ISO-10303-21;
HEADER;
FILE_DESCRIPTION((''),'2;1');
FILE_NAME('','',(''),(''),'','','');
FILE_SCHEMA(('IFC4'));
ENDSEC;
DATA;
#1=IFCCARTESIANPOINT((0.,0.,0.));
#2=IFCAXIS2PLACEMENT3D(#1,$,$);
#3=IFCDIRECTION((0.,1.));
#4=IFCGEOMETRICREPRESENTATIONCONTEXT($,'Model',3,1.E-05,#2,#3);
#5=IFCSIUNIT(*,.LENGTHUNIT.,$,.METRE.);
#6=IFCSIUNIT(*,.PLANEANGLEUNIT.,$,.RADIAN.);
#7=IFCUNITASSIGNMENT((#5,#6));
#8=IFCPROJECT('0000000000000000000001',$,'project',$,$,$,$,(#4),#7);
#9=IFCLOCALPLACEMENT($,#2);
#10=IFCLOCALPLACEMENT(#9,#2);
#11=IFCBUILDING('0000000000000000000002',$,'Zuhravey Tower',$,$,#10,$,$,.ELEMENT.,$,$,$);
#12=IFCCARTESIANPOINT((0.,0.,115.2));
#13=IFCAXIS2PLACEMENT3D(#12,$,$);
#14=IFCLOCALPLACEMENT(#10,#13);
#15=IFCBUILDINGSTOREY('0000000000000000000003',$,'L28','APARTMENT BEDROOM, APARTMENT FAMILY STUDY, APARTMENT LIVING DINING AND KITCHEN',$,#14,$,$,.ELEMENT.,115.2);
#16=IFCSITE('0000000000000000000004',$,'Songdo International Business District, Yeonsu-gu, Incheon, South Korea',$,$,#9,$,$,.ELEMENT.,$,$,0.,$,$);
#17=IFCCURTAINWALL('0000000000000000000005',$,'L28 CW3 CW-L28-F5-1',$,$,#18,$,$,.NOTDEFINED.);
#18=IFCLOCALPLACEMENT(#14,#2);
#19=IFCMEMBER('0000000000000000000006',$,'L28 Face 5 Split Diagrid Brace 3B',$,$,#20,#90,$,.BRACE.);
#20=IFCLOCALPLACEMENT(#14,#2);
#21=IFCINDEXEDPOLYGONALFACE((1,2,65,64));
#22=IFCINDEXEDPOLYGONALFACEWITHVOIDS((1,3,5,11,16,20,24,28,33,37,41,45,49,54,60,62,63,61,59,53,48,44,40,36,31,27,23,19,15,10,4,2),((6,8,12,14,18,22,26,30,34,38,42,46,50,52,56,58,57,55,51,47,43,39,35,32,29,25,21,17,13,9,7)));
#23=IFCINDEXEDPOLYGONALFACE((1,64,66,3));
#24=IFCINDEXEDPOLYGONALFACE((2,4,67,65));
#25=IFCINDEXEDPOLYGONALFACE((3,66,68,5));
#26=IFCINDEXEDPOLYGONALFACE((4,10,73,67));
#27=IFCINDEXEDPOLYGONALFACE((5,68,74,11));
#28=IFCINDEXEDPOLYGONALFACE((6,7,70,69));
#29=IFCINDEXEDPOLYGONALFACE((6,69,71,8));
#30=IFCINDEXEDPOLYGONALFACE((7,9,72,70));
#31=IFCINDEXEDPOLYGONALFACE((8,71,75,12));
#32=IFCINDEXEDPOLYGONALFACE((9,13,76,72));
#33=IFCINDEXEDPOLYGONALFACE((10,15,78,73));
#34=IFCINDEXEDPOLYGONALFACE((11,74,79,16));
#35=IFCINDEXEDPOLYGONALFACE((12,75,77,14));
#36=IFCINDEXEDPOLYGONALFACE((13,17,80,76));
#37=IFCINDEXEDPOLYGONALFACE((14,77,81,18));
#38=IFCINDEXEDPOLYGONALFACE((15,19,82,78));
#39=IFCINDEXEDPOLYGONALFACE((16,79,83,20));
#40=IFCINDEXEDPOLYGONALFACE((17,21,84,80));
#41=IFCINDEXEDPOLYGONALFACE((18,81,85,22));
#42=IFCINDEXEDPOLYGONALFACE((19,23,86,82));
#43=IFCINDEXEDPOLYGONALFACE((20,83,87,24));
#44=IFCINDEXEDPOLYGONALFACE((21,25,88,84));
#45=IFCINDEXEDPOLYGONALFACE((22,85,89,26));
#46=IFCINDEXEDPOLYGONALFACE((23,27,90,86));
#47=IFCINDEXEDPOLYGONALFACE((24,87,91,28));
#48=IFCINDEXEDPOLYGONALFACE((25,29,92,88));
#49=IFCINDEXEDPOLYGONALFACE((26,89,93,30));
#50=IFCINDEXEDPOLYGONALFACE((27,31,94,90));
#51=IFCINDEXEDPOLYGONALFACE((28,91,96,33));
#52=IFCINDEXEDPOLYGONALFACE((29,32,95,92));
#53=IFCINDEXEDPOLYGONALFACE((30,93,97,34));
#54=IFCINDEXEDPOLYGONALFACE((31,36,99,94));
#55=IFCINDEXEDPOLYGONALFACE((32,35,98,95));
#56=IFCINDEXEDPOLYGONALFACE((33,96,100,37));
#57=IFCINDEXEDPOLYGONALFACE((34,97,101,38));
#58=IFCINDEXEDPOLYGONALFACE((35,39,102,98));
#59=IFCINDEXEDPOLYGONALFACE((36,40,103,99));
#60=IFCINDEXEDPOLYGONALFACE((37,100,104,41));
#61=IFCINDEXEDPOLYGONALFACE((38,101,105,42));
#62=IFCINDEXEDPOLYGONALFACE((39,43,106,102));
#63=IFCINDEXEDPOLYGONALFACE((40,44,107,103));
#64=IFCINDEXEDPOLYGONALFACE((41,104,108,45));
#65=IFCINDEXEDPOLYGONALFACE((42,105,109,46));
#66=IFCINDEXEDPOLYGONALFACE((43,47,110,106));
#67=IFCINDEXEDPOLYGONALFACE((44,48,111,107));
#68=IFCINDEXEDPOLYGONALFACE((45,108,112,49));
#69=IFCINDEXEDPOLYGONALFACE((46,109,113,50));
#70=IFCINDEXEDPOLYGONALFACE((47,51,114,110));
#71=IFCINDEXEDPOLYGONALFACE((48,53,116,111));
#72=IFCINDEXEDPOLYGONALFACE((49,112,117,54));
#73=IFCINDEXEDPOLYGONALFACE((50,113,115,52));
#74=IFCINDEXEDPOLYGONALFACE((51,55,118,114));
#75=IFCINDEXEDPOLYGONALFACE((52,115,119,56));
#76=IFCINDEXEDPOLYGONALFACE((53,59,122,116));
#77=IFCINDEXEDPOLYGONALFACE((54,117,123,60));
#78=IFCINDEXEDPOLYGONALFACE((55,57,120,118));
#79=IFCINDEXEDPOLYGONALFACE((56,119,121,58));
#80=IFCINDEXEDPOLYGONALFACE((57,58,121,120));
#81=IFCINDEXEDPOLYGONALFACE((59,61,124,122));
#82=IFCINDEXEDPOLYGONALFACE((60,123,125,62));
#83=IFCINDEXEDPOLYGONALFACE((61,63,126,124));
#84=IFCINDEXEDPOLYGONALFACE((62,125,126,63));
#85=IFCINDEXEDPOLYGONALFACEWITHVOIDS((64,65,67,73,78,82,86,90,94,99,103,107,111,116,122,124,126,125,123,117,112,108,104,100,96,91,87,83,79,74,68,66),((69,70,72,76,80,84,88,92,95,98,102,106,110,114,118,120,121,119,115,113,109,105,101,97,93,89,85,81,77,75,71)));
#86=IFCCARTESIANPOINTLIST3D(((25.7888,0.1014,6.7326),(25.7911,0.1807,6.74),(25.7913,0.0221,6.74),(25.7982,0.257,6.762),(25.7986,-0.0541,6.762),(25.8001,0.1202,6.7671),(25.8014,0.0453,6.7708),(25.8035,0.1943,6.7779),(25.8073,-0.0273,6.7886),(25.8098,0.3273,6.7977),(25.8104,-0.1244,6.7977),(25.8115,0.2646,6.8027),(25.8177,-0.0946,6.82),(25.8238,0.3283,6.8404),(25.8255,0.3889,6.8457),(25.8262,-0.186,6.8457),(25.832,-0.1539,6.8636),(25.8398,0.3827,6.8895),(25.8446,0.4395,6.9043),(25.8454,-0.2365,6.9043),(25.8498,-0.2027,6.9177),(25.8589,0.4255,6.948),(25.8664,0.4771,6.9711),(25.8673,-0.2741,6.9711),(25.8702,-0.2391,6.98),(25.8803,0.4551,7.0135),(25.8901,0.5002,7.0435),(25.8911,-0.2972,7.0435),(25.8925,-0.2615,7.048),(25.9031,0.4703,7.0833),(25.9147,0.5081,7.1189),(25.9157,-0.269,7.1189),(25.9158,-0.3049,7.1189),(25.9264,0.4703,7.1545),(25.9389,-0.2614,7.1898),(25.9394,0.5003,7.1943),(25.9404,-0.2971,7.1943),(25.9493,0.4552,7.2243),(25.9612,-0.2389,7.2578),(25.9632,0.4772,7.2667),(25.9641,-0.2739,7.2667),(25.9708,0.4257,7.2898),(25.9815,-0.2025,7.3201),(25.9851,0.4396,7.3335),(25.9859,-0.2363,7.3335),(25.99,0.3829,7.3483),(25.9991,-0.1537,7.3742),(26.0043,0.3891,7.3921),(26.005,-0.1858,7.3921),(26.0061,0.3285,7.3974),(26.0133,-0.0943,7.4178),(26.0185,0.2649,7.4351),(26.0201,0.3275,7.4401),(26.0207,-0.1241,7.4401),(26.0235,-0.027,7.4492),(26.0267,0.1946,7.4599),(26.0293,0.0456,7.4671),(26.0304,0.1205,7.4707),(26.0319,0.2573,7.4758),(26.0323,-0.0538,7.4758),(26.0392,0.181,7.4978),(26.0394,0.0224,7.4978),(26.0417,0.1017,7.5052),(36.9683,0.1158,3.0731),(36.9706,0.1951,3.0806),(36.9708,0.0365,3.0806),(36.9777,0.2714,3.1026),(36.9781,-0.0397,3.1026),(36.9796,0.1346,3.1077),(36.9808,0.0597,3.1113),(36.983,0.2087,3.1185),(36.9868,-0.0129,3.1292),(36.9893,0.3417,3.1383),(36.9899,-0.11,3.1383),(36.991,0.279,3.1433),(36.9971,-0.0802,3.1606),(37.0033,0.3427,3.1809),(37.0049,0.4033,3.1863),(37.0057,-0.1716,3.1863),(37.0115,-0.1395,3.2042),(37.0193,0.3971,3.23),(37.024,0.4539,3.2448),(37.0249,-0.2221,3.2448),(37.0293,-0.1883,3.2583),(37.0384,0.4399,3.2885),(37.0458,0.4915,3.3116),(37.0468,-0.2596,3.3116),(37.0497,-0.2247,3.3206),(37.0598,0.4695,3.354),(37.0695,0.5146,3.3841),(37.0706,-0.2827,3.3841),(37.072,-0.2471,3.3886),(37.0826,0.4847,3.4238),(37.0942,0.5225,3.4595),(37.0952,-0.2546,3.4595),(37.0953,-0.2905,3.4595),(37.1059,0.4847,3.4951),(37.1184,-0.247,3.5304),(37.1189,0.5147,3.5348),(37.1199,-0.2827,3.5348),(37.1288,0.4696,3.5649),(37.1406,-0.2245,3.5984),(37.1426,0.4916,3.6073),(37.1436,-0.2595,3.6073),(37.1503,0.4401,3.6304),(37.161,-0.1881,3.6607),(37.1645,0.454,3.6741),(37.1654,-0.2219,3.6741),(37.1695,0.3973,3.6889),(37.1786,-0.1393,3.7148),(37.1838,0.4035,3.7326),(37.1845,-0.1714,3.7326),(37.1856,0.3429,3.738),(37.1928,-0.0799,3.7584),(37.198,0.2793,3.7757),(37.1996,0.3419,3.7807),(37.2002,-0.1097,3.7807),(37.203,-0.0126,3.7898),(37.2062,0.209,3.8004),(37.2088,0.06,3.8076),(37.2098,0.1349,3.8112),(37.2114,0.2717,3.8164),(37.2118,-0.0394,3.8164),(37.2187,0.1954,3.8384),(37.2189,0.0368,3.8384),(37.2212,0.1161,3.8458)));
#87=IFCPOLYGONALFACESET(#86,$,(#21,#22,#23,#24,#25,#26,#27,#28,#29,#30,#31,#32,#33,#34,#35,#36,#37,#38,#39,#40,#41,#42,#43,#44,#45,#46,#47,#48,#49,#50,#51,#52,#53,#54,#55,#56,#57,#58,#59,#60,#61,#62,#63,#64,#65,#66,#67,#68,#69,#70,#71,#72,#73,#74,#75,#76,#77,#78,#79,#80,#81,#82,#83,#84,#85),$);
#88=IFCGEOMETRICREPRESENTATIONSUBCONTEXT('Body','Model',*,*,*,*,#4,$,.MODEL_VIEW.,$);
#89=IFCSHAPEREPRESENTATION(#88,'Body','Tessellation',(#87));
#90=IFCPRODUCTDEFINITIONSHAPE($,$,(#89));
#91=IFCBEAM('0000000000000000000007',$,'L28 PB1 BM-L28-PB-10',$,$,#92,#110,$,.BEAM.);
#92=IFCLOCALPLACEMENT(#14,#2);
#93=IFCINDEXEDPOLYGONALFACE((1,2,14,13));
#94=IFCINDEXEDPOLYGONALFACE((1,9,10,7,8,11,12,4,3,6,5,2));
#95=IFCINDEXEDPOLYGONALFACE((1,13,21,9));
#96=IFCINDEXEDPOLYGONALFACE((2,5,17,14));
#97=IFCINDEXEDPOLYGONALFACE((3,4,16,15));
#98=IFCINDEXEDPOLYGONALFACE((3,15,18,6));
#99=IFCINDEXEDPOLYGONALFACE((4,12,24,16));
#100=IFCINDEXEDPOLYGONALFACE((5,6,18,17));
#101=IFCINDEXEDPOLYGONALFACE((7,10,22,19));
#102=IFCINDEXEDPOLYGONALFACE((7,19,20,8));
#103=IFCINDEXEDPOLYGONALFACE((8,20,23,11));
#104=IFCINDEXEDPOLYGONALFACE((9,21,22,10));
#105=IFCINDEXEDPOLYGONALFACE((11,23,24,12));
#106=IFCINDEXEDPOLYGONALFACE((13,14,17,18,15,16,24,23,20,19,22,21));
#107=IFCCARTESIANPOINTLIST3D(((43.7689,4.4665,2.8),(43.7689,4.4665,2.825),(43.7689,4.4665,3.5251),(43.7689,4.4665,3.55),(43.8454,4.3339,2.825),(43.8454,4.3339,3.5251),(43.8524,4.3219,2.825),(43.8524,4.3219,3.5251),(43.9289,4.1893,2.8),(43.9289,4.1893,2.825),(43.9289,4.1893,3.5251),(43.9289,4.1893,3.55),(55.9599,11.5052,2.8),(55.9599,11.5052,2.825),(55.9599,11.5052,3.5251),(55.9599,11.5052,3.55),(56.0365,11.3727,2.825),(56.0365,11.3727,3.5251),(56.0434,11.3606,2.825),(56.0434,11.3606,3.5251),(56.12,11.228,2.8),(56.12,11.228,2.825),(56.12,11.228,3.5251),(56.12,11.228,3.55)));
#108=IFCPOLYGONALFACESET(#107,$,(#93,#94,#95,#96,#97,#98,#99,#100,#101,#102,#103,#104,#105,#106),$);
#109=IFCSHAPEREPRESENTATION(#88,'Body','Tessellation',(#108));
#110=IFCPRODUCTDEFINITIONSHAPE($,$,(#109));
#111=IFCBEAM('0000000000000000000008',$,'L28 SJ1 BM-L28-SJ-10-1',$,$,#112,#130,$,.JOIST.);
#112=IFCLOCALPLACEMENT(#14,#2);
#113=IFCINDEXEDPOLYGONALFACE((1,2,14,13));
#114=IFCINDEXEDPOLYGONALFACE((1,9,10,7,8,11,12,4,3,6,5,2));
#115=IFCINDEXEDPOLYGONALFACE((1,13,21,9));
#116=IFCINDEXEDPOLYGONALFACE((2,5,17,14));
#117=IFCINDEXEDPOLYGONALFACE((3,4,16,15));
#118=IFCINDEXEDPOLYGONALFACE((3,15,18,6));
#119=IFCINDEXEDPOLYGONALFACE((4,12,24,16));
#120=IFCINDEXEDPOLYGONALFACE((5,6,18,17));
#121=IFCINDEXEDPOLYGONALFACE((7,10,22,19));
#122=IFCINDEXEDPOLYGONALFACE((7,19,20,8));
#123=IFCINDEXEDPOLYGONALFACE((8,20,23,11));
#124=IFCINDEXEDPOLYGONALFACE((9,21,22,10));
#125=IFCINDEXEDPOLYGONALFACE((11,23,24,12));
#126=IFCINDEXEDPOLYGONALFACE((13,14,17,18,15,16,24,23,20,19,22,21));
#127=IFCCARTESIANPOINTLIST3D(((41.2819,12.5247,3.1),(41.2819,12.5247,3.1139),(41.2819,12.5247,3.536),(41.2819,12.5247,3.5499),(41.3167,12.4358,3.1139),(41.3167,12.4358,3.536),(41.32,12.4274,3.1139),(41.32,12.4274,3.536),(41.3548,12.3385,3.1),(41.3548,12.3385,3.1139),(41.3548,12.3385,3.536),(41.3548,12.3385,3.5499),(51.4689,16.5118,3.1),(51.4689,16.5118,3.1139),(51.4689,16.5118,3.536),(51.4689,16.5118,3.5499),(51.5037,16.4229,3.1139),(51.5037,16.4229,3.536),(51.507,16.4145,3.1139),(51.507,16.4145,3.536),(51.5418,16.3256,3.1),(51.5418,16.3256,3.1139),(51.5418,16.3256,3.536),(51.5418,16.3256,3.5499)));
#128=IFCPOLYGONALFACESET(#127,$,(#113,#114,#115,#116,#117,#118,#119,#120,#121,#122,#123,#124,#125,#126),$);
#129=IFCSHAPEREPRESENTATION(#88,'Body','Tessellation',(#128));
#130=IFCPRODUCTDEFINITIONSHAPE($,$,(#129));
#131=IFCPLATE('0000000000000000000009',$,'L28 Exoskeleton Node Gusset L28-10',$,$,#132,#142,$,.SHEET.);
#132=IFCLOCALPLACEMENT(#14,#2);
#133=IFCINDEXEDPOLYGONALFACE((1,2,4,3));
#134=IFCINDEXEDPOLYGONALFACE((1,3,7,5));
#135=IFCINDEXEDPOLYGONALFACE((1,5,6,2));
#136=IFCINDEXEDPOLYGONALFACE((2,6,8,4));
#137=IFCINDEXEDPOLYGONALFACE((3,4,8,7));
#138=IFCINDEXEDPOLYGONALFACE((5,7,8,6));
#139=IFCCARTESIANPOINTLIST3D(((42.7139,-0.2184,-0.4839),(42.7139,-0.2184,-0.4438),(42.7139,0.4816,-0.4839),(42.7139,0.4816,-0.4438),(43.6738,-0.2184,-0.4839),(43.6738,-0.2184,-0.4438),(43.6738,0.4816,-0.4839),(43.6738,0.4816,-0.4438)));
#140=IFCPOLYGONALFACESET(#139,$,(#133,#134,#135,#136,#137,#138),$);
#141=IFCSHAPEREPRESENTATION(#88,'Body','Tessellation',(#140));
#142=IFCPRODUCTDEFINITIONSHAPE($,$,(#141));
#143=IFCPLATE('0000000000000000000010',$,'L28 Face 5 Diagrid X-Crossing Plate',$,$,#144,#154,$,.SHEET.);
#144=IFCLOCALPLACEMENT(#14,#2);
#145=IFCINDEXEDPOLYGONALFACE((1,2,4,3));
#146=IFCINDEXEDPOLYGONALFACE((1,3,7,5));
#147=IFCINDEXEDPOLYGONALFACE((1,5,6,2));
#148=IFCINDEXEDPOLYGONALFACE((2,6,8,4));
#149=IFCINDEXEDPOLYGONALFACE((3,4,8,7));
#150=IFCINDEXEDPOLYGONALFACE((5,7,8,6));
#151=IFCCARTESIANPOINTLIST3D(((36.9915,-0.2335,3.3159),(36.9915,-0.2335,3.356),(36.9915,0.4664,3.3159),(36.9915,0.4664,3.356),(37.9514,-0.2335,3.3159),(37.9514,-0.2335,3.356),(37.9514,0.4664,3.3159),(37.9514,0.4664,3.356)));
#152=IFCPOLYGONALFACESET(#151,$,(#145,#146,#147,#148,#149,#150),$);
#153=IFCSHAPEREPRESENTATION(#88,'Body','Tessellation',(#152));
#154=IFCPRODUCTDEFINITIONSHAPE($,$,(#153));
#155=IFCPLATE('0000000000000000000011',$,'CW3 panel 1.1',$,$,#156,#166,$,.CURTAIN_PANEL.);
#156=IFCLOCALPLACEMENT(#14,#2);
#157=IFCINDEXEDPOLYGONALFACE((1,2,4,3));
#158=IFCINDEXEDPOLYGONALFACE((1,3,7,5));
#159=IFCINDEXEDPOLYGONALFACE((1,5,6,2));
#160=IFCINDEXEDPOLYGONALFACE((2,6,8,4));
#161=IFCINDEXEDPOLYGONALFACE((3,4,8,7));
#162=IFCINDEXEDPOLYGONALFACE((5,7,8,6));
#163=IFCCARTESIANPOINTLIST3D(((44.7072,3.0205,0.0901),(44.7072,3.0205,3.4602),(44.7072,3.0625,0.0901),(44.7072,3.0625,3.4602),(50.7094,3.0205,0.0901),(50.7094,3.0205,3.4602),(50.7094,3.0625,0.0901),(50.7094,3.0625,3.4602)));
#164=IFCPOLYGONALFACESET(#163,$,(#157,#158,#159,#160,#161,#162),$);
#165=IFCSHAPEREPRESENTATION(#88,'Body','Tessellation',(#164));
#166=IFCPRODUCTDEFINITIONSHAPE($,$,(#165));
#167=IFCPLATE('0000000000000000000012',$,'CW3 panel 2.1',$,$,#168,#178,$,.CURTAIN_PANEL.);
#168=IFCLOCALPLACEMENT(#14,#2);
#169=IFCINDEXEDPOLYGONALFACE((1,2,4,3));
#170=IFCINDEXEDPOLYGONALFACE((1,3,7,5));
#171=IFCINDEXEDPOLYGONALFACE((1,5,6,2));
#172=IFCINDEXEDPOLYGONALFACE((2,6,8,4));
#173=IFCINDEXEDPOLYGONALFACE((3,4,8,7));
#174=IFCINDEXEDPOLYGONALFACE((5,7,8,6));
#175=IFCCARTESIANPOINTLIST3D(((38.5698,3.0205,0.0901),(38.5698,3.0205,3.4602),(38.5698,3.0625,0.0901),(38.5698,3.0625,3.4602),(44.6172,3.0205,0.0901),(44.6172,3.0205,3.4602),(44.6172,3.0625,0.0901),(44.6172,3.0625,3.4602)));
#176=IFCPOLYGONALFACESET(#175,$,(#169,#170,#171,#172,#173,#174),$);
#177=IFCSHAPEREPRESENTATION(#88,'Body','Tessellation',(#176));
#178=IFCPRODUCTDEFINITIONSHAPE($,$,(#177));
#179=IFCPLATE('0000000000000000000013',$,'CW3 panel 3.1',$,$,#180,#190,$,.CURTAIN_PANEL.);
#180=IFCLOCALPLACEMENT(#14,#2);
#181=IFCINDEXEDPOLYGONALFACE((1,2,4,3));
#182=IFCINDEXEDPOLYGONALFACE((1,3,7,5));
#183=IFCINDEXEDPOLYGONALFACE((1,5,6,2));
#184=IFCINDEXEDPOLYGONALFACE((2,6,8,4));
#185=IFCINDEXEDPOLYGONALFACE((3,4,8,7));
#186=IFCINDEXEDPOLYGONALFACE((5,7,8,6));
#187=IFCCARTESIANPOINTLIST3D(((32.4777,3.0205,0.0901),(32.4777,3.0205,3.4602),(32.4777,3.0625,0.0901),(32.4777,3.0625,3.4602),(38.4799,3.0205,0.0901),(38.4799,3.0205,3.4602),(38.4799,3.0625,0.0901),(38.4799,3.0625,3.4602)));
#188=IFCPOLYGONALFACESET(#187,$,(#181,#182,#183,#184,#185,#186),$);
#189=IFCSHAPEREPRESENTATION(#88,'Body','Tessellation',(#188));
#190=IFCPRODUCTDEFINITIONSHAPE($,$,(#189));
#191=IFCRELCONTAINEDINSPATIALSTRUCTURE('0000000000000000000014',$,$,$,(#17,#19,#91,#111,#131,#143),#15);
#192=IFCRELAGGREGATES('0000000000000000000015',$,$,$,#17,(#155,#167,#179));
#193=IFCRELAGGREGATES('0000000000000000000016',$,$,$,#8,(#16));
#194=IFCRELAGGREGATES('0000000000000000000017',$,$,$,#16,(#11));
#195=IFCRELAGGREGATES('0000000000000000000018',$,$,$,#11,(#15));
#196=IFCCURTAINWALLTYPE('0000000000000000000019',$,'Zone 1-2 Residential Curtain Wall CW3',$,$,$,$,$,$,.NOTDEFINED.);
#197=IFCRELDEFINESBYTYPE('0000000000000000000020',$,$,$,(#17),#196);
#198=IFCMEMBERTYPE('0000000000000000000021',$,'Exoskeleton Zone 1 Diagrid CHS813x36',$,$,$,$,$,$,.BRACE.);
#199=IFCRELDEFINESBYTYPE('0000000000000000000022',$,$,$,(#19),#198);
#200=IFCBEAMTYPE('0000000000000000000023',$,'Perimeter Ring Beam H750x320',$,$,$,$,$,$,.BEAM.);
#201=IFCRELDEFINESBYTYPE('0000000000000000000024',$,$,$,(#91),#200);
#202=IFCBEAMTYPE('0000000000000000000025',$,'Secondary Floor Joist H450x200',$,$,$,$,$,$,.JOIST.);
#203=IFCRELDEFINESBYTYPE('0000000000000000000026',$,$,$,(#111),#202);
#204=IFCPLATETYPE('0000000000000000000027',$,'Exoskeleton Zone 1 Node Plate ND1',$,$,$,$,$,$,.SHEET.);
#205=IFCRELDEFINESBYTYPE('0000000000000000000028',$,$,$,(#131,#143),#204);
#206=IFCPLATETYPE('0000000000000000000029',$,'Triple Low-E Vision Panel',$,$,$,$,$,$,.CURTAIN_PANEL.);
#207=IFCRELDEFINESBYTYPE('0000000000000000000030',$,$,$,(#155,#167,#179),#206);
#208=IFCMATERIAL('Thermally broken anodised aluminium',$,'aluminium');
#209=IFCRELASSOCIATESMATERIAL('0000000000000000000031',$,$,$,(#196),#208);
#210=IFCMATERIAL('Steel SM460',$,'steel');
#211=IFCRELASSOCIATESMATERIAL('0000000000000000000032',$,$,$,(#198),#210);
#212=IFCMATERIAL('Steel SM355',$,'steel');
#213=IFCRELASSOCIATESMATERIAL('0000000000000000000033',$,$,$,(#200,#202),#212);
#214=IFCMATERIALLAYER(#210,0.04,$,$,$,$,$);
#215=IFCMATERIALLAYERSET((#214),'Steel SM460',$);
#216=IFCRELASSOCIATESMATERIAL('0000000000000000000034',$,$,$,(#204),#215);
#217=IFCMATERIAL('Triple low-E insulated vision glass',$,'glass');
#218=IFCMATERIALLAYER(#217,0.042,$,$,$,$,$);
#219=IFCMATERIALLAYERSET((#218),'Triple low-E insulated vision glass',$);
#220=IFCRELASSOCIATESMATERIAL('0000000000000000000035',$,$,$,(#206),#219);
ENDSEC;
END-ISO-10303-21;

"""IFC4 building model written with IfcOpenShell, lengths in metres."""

from ifc_helpers import new_model, si_unit, direction, frame, origin, origin_2d, place, context, subcontext, project, spatial, rectangle, hollow_circle, i_section, extrude, material, layer, layer_set, material_profile, profile_set, type_object, element, aggregate, save


model = new_model("IFC4")

# Units and contexts
model_context = context("Model", 3, precision=1e-05, world=origin(), true_north=direction((0.0, 1.0)))
body_context = subcontext(model_context, "Body", "Model", "MODEL_VIEW")
ifc_project = project(units=[si_unit("LENGTHUNIT", "METRE"), si_unit("PLANEANGLEUNIT", "RADIAN")], contexts=[model_context])

# Site, building, storey
site_placement = place(None, origin())
site = spatial("IfcSite", under=ifc_project, at=site_placement, Name="Songdo International Business District, Yeonsu-gu, Incheon, South Korea", CompositionType="ELEMENT", RefElevation=0.0)
building_placement = place(site_placement, origin())
building = spatial("IfcBuilding", under=site, at=building_placement, Name="Zuhravey Tower", CompositionType="ELEMENT")
storey_placement = place(building_placement, frame((0.0, 0.0, 115.2)))
storey = spatial("IfcBuildingStorey", under=building, at=storey_placement, Name="L28", Description="APARTMENT BEDROOM, APARTMENT FAMILY STUDY, APARTMENT LIVING DINING AND KITCHEN", CompositionType="ELEMENT", Elevation=115.2)

# Curtain wall
ifc_material_1 = material(Name="Thermally broken anodised aluminium", Category="aluminium")
curtain_wall_type = type_object("IfcCurtainWallType", Name="Zone 1-2 Residential Curtain Wall CW3", PredefinedType="NOTDEFINED", material=ifc_material_1)
curtain_wall_placement = place(storey_placement, origin())
curtain_wall = element("IfcCurtainWall", 1, at=curtain_wall_placement, inside=storey, type_object=curtain_wall_type, Name="L28 CW3 CW-L28-F5-1", PredefinedType="NOTDEFINED")

# Member
ifc_material_2 = material(Name="Steel SM460", Category="steel")
ifc_material_profile_1 = material_profile(ifc_material_2, hollow_circle(Radius=0.4065, WallThickness=0.0359, at=origin_2d()), Name="CHS-812.8x36")
ifc_profile_set_1 = profile_set([ifc_material_profile_1], Name="Steel SM460")
member_type_1 = type_object("IfcMemberType", Name="Exoskeleton Zone 1 Diagrid CHS813x36", PredefinedType="BRACE", material=ifc_profile_set_1)
member_1_placement = place(storey_placement, frame((37.0947, 0.116, 3.4595), z_axis=(-0.950379, -0.001225, 0.311092), x_axis=(0.001288, -0.999999, 0.0)))
element("IfcMember", 2, at=member_1_placement, inside=storey, type_object=member_type_1, Name="L28 Face 5 Split Diagrid Brace 3B", PredefinedType="BRACE", context=body_context, shape_type="SweptSolid", body=[
    extrude(hollow_circle(Radius=0.4065, WallThickness=0.0359, at=origin_2d()), origin(), (0.0, 0.0, 1.0), 11.7632),
])

# Beams
ifc_material_3 = material(Name="Steel SM355", Category="steel")
ifc_material_profile_2 = material_profile(ifc_material_3, i_section(OverallWidth=0.3201, OverallDepth=0.75, WebThickness=0.0139, FlangeThickness=0.0249, at=origin_2d()), Name="H-750x320x14x25")
ifc_profile_set_2 = profile_set([ifc_material_profile_2], Name="Steel SM355")
beam_type_1 = type_object("IfcBeamType", Name="Perimeter Ring Beam H750x320", PredefinedType="BEAM", material=ifc_profile_set_2)
beam_1_placement = place(storey_placement, frame((43.8489, 4.3279, 3.175), z_axis=(0.866018, 0.500013, 0.0), x_axis=(-0.500013, 0.866018, 0.0)))
element("IfcBeam", 3, at=beam_1_placement, inside=storey, type_object=beam_type_1, Name="L28 PB1 BM-L28-PB-10", PredefinedType="BEAM", context=body_context, shape_type="SweptSolid", body=[
    extrude(i_section(OverallWidth=0.3201, OverallDepth=0.75, WebThickness=0.0139, FlangeThickness=0.0249, at=origin_2d()), origin(), (0.0, 0.0, 1.0), 14.0771),
])
ifc_material_profile_3 = material_profile(ifc_material_3, i_section(OverallWidth=0.2, OverallDepth=0.45, WebThickness=0.009, FlangeThickness=0.0139, at=origin_2d()), Name="H-450x200x9x14")
ifc_profile_set_3 = profile_set([ifc_material_profile_3], Name="Steel SM355")
beam_type_2 = type_object("IfcBeamType", Name="Secondary Floor Joist H450x200", PredefinedType="JOIST", material=ifc_profile_set_3)
beam_2_placement = place(storey_placement, frame((41.3184, 12.4316, 3.325), z_axis=(0.931217, 0.364466, 0.0), x_axis=(-0.364466, 0.931217, 0.0)))
element("IfcBeam", 4, at=beam_2_placement, inside=storey, type_object=beam_type_2, Name="L28 SJ1 BM-L28-SJ-10-1", PredefinedType="JOIST", context=body_context, shape_type="SweptSolid", body=[
    extrude(i_section(OverallWidth=0.2, OverallDepth=0.45, WebThickness=0.009, FlangeThickness=0.0139, at=origin_2d()), origin(), (0.0, 0.0, 1.0), 10.9395),
])

# Plates
ifc_layer_1 = layer(ifc_material_2, 0.04)
ifc_layer_set_1 = layer_set([ifc_layer_1], Name="Steel SM460")
plate_type_1 = type_object("IfcPlateType", Name="Exoskeleton Zone 1 Node Plate ND1", PredefinedType="SHEET", material=ifc_layer_set_1)
for number, where, z_axis, x_axis, name in (
    (5, (43.1938, 0.1316, -0.4839), (0.0, 0.0, 1.0), (1.0, 0.0, 0.0), "L28 Exoskeleton Node Gusset L28-10"),
    (6, (37.4714, 0.1165, 3.3159), (0.0, 0.0, 1.0), (1.0, 0.0, 0.0), "L28 Face 5 Diagrid X-Crossing Plate"),
):
    element("IfcPlate", number, at=place(storey_placement, frame(where, z_axis=z_axis, x_axis=x_axis)), inside=storey, type_object=plate_type_1, Name=name, PredefinedType="SHEET", context=body_context, shape_type="SweptSolid", body=[
        extrude(rectangle(XDim=0.96, YDim=0.7, at=origin_2d()), origin(), (0.0, 0.0, 1.0), 0.04),
    ])

# Plates
ifc_material_4 = material(Name="Triple low-E insulated vision glass", Category="glass")
ifc_layer_2 = layer(ifc_material_4, 0.042)
ifc_layer_set_2 = layer_set([ifc_layer_2], Name="Triple low-E insulated vision glass")
plate_type_2 = type_object("IfcPlateType", Name="Triple Low-E Vision Panel", PredefinedType="CURTAIN_PANEL", material=ifc_layer_set_2)
plate_1_placement = place(storey_placement, frame((47.7083, 3.0415, 0.0901), z_axis=(0.0, 0.0, 1.0), x_axis=(-1.0, 0.0, 0.0)))
plate_1 = element("IfcPlate", 7, at=plate_1_placement, type_object=plate_type_2, Name="CW3 panel 1.1", PredefinedType="CURTAIN_PANEL", context=body_context, shape_type="SweptSolid", body=[
    extrude(rectangle(XDim=6.0022, YDim=0.042, at=origin_2d()), origin(), (0.0, 0.0, 1.0), 3.3701),
])
plate_2_placement = place(storey_placement, frame((41.5935, 3.0415, 0.0901), z_axis=(0.0, 0.0, 1.0), x_axis=(-1.0, 0.0, 0.0)))
plate_2 = element("IfcPlate", 8, at=plate_2_placement, type_object=plate_type_2, Name="CW3 panel 2.1", PredefinedType="CURTAIN_PANEL", context=body_context, shape_type="SweptSolid", body=[
    extrude(rectangle(XDim=6.0474, YDim=0.042, at=origin_2d()), origin(), (0.0, 0.0, 1.0), 3.3701),
])
plate_3_placement = place(storey_placement, frame((35.4788, 3.0415, 0.0901), z_axis=(0.0, 0.0, 1.0), x_axis=(-1.0, 0.0, 0.0)))
plate_3 = element("IfcPlate", 9, at=plate_3_placement, type_object=plate_type_2, Name="CW3 panel 3.1", PredefinedType="CURTAIN_PANEL", context=body_context, shape_type="SweptSolid", body=[
    extrude(rectangle(XDim=6.0022, YDim=0.042, at=origin_2d()), origin(), (0.0, 0.0, 1.0), 3.3701),
])
aggregate(curtain_wall, [plate_1, plate_2, plate_3])

save(model, "model.ifc")
